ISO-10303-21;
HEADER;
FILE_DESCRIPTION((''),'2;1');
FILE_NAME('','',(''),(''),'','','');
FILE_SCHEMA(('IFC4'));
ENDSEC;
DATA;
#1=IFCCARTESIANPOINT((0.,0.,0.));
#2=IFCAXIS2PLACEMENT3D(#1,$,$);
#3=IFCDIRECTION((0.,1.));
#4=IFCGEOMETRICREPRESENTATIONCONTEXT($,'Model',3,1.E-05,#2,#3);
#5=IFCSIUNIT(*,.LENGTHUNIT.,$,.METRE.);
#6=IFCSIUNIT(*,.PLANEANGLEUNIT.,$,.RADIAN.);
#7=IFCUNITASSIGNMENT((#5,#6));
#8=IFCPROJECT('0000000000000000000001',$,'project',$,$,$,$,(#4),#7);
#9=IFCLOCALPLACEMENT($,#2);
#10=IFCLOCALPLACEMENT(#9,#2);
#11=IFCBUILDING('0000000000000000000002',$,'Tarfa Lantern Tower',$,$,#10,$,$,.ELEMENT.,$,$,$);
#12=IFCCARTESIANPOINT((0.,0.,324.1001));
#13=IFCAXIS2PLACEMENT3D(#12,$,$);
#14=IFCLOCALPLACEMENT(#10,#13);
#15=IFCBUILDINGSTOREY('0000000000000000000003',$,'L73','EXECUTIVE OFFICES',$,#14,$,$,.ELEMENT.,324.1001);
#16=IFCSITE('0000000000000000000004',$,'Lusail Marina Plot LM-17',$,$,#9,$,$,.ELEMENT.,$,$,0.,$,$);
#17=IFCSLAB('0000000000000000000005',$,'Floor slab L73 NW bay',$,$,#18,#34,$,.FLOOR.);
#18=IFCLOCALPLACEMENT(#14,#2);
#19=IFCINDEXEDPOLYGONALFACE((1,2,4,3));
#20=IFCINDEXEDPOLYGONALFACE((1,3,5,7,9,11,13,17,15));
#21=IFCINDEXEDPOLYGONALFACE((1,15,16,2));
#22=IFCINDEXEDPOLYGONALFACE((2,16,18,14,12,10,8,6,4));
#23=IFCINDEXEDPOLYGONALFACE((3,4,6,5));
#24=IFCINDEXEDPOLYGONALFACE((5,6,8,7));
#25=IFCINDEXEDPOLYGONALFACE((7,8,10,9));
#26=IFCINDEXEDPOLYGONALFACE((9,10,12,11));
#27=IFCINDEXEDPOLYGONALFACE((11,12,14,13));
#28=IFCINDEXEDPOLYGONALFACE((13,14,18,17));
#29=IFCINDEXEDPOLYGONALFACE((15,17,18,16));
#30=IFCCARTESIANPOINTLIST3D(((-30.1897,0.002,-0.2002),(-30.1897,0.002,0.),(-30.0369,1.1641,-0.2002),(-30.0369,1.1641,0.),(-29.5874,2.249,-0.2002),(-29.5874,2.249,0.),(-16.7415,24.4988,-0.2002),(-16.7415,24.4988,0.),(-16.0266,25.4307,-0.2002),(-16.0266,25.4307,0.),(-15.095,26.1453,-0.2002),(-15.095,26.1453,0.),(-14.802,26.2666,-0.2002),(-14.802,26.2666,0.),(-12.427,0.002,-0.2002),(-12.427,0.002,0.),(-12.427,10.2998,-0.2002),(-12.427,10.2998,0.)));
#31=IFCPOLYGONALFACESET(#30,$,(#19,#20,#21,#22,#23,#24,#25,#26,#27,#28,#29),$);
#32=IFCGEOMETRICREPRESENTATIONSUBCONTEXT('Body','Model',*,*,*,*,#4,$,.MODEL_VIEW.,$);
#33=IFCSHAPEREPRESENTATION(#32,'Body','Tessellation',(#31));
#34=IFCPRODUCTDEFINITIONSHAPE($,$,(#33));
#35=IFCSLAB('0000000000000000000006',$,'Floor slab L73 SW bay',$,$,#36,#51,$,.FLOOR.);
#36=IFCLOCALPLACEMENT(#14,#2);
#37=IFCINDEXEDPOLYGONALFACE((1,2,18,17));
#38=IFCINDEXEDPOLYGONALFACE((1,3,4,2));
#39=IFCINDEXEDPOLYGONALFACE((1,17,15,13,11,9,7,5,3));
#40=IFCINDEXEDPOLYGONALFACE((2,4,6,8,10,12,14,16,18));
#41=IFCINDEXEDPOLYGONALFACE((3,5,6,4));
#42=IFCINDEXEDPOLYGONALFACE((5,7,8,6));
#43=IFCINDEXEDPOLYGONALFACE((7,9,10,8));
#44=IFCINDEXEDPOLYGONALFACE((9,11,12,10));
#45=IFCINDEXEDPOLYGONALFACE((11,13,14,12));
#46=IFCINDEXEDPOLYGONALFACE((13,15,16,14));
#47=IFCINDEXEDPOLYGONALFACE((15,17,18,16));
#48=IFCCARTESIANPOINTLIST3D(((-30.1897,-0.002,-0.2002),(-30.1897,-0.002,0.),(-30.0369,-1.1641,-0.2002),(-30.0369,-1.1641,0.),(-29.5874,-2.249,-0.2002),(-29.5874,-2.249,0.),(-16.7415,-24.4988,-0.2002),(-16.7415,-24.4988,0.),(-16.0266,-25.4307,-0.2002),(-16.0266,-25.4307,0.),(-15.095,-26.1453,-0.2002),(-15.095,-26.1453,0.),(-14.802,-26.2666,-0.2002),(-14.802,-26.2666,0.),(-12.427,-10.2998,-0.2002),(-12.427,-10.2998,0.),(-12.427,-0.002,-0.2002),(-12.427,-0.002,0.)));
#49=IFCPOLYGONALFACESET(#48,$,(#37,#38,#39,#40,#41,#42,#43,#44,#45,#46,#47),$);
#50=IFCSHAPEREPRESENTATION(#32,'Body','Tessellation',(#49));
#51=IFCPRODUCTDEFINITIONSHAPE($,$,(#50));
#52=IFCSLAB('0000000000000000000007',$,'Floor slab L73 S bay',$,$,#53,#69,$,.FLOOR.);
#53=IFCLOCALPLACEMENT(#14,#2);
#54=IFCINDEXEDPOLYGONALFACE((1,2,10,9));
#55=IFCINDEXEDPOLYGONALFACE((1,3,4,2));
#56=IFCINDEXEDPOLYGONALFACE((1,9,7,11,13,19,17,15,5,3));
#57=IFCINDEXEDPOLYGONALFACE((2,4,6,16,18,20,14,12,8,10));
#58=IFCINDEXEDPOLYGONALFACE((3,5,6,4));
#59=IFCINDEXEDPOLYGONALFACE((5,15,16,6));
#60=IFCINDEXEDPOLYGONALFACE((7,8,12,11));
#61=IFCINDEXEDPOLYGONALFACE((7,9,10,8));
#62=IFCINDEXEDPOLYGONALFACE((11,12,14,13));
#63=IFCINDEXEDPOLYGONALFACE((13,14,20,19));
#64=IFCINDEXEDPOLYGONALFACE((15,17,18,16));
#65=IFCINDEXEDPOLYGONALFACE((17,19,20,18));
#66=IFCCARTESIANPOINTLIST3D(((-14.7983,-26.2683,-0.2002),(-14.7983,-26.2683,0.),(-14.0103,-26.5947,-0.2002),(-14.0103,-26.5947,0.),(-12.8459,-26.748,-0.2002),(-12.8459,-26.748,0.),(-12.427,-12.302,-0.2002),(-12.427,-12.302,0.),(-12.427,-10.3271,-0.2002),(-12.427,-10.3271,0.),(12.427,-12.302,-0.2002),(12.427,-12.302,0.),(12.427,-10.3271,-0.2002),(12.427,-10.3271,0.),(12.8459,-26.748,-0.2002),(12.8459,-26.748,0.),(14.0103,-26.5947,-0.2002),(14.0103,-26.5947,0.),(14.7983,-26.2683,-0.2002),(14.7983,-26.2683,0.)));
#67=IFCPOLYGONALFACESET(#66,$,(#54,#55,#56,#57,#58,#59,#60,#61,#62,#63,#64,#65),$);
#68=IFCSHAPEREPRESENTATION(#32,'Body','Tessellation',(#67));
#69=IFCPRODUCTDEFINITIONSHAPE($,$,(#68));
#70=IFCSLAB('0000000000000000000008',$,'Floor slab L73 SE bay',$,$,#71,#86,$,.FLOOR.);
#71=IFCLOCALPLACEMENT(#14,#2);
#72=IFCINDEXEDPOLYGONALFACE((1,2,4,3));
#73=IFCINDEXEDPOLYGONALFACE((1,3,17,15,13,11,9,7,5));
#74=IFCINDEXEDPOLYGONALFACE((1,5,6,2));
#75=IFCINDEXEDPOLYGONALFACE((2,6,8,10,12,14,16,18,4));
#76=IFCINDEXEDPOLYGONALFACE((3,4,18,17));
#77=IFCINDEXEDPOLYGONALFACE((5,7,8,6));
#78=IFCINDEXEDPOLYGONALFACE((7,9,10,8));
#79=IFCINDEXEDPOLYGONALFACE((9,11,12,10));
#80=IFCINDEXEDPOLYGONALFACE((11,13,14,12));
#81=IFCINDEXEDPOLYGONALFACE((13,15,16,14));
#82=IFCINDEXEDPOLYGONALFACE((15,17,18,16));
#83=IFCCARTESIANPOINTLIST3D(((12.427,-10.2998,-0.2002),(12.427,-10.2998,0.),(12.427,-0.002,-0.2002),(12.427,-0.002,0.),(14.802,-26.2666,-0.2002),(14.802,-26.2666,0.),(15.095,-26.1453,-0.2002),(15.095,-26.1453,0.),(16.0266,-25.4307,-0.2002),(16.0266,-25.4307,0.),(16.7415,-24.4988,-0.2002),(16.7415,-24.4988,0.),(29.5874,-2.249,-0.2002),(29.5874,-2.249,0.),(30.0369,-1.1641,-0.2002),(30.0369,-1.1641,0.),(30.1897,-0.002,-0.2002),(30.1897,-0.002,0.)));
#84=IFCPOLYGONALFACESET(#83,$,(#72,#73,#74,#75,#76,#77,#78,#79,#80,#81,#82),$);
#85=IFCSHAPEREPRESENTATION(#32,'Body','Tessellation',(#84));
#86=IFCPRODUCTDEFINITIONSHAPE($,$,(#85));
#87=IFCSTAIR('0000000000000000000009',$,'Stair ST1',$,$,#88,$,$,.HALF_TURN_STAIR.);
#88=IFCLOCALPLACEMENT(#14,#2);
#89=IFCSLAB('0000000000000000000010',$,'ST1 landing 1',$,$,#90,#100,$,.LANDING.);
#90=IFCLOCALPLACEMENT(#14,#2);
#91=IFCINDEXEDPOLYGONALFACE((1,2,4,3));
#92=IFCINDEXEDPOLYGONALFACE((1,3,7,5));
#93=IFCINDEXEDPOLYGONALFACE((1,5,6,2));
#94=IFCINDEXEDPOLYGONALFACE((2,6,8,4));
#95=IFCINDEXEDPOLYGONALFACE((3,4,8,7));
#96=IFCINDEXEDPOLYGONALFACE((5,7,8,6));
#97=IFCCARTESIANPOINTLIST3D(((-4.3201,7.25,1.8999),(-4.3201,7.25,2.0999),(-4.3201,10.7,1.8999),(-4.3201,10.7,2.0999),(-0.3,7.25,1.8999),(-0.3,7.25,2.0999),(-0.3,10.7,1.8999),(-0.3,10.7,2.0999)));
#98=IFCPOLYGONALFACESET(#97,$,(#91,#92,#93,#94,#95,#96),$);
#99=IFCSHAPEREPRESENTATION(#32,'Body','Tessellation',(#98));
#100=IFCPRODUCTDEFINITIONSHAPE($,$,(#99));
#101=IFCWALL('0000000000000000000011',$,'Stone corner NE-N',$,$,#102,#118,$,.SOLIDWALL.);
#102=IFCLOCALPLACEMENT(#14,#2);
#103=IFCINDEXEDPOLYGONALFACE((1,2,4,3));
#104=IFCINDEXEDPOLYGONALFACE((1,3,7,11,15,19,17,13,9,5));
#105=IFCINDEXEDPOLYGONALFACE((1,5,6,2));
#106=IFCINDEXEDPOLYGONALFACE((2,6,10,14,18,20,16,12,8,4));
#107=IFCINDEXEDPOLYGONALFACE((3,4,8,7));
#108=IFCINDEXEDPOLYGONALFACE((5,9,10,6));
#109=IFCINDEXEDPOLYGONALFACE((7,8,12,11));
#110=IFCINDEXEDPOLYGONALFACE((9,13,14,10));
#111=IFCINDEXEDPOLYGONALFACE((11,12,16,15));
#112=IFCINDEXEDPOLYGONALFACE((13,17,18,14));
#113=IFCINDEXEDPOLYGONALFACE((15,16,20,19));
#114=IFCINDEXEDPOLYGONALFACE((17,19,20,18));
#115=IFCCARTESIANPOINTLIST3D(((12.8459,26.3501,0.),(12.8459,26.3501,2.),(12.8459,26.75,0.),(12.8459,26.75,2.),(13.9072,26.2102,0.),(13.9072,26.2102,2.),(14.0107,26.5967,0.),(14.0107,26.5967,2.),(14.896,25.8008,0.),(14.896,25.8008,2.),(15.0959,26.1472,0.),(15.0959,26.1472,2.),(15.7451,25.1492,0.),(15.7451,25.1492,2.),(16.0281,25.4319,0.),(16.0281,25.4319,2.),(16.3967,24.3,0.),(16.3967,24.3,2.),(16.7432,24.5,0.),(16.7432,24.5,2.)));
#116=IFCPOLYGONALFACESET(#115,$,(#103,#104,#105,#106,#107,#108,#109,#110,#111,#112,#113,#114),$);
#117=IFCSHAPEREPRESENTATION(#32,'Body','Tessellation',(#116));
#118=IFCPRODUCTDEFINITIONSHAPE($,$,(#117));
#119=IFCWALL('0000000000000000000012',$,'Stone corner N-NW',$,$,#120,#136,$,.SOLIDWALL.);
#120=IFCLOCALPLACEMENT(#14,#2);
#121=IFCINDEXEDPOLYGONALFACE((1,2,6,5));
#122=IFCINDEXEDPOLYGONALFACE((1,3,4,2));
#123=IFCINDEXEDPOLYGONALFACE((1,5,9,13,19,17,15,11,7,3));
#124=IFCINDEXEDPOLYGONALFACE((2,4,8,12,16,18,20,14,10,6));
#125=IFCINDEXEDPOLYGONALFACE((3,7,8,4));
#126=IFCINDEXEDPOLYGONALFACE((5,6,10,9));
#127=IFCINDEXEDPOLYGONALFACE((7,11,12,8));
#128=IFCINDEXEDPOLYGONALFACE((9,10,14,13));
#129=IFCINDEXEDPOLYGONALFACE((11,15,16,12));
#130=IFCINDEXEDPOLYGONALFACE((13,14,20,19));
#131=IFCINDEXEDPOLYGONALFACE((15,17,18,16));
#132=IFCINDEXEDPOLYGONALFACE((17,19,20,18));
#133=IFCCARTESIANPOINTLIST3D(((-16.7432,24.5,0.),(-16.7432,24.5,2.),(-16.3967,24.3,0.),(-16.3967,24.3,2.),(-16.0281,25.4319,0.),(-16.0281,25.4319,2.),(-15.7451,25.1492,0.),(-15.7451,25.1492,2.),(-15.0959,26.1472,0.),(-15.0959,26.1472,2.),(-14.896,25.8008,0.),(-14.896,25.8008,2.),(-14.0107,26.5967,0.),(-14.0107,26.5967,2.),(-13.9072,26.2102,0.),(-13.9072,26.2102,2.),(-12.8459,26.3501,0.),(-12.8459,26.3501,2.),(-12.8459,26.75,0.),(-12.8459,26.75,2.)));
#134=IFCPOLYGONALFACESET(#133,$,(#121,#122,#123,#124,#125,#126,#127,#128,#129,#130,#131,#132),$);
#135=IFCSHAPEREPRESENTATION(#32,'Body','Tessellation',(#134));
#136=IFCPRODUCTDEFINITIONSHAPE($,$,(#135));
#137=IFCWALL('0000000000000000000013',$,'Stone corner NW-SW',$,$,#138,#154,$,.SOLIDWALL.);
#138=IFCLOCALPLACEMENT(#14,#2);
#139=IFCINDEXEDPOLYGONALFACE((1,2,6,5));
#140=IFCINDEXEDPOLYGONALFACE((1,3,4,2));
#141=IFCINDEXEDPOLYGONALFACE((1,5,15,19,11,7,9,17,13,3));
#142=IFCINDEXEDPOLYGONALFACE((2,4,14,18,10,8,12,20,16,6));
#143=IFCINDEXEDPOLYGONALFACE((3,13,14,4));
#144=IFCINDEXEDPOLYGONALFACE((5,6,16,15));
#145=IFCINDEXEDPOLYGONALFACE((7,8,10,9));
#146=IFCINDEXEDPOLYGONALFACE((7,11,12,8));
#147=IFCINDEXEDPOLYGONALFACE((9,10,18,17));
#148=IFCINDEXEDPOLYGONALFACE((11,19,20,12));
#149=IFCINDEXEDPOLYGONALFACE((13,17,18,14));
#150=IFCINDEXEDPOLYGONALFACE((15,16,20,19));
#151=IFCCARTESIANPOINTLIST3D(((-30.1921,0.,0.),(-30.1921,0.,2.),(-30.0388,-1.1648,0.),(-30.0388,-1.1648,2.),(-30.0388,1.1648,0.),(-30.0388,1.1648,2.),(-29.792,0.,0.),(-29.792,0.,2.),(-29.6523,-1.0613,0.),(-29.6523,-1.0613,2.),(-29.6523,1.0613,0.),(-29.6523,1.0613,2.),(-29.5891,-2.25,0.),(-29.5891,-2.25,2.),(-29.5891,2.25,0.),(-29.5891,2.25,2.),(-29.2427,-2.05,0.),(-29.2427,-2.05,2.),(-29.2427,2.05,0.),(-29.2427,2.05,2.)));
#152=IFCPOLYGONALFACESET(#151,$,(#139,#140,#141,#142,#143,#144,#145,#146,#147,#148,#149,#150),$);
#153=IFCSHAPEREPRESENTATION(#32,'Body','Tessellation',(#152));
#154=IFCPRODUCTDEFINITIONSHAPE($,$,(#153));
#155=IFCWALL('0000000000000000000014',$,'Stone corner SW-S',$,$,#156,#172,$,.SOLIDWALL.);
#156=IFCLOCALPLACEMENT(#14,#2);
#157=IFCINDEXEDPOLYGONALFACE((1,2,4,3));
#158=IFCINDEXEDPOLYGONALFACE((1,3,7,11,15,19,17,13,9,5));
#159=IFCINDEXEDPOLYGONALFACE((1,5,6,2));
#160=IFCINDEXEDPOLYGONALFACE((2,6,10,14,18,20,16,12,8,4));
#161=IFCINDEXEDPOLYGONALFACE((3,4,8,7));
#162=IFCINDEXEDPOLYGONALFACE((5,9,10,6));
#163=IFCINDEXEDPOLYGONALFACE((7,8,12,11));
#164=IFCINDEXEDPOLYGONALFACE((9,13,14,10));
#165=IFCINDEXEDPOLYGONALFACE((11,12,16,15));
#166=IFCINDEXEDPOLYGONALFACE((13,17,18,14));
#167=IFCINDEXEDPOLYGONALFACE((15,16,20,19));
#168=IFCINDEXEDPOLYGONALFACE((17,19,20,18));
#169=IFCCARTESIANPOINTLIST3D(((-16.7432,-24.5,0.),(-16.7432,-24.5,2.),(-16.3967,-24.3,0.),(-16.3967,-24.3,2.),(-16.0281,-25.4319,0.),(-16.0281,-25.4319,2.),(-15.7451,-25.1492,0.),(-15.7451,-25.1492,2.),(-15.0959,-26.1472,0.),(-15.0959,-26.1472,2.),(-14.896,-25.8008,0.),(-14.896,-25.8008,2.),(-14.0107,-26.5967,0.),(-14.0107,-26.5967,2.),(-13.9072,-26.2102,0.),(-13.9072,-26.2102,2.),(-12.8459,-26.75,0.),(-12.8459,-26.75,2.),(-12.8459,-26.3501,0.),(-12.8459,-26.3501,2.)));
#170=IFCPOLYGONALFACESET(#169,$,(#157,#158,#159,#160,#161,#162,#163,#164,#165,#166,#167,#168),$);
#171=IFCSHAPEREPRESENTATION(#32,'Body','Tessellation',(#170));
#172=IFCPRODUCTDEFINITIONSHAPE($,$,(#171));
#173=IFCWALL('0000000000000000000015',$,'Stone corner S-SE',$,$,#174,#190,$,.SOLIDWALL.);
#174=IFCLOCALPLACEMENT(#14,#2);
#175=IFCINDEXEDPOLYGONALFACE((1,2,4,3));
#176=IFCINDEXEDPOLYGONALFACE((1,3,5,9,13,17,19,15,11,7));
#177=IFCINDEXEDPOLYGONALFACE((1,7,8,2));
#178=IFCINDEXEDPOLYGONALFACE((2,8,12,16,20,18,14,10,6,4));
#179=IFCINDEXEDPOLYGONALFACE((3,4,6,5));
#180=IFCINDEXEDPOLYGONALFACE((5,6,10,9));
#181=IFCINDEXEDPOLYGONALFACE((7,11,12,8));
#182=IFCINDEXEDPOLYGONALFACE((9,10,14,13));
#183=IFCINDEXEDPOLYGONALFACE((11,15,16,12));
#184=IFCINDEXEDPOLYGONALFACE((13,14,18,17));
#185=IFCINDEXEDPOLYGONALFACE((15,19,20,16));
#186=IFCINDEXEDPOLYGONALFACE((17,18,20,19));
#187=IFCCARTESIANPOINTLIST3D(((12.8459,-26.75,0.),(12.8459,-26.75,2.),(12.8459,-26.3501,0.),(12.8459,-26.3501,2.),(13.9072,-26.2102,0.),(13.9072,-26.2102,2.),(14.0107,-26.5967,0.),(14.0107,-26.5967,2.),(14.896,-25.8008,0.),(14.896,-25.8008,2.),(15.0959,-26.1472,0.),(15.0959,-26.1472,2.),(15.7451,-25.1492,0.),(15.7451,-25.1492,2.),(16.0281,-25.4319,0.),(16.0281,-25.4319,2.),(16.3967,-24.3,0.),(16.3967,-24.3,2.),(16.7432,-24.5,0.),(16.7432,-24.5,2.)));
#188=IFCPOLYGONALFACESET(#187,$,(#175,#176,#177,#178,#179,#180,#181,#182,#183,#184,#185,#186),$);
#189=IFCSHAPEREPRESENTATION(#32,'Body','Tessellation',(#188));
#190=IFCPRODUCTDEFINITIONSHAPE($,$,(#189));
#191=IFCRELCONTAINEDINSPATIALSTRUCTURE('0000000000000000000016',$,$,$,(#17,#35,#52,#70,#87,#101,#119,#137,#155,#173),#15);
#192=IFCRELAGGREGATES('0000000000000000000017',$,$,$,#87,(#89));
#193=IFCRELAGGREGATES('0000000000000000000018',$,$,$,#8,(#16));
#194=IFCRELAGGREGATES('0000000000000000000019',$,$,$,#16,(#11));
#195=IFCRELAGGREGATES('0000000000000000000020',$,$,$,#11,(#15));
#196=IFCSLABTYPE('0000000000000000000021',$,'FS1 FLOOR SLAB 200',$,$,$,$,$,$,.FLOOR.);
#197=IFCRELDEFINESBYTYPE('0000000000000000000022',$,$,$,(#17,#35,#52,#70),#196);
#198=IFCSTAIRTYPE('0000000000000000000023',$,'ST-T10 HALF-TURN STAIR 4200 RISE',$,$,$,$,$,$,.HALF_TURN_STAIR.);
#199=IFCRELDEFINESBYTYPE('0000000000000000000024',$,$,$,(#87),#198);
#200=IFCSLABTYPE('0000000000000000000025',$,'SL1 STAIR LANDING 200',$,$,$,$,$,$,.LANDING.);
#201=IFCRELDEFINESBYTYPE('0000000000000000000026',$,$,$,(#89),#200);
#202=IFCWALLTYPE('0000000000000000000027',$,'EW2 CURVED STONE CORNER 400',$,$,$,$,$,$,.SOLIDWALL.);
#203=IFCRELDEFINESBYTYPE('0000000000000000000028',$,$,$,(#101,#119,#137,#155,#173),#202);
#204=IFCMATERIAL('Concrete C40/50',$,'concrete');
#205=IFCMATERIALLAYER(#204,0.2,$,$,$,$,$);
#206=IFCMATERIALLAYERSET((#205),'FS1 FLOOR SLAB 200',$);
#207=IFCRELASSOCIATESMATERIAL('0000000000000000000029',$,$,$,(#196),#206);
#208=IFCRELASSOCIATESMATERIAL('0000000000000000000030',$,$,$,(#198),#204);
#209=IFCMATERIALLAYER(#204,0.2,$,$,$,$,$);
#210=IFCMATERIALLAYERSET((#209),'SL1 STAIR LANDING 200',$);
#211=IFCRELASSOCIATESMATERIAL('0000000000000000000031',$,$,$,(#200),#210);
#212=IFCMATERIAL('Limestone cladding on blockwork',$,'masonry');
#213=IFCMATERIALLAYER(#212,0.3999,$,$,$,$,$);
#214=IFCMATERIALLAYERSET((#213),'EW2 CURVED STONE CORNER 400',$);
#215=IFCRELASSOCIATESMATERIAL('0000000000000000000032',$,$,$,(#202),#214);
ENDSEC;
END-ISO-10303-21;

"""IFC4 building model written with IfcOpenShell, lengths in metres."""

from ifc_helpers import new_model, si_unit, direction, frame, origin, place, context, subcontext, project, spatial, polyline, outline, extrude, material, layer, layer_set, type_object, element, aggregate, save


model = new_model("IFC4")

# Units and contexts
model_context = context("Model", 3, precision=1e-05, world=origin(), true_north=direction((0.0, 1.0)))
body_context = subcontext(model_context, "Body", "Model", "MODEL_VIEW")
ifc_project = project(units=[si_unit("LENGTHUNIT", "METRE"), si_unit("PLANEANGLEUNIT", "RADIAN")], contexts=[model_context])

# Site, building, storey
site_placement = place(None, origin())
site = spatial("IfcSite", under=ifc_project, at=site_placement, Name="Lusail Marina Plot LM-17", CompositionType="ELEMENT", RefElevation=0.0)
building_placement = place(site_placement, origin())
building = spatial("IfcBuilding", under=site, at=building_placement, Name="Tarfa Lantern Tower", CompositionType="ELEMENT")
storey_placement = place(building_placement, frame((0.0, 0.0, 324.1001)))
storey = spatial("IfcBuildingStorey", under=building, at=storey_placement, Name="L73", Description="EXECUTIVE OFFICES", CompositionType="ELEMENT", Elevation=324.1001)

# Shared definitions
ifc_material_1 = material(Name="Concrete C40/50", Category="concrete")

# Slabs
ifc_layer_1 = layer(ifc_material_1, 0.2)
ifc_layer_set_1 = layer_set([ifc_layer_1], Name="FS1 FLOOR SLAB 200")
slab_type_1 = type_object("IfcSlabType", Name="FS1 FLOOR SLAB 200", PredefinedType="FLOOR", material=ifc_layer_set_1)
slab_1_placement = place(storey_placement, frame((0.0, 0.0, -0.2002)))
element("IfcSlab", 1, at=slab_1_placement, inside=storey, type_object=slab_type_1, Name="Floor slab L73 NW bay", PredefinedType="FLOOR", context=body_context, shape_type="SweptSolid", body=[
    extrude(outline(polyline([(-12.427, 0.002), (-12.427, 10.2998), (-14.802, 26.2666), (-15.095, 26.1453), (-16.0266, 25.4307), (-16.7415, 24.4988), (-29.5874, 2.249), (-30.0369, 1.1641), (-30.1897, 0.002), (-12.427, 0.002)])), origin(), (0.0, 0.0, 1.0), 0.2002),
])
slab_2_placement = place(storey_placement, frame((0.0, 0.0, -0.2002)))
element("IfcSlab", 2, at=slab_2_placement, inside=storey, type_object=slab_type_1, Name="Floor slab L73 SW bay", PredefinedType="FLOOR", context=body_context, shape_type="SweptSolid", body=[
    extrude(outline(polyline([(-12.427, -10.2998), (-12.427, -0.002), (-30.1897, -0.002), (-30.0369, -1.1641), (-29.5874, -2.249), (-16.7415, -24.4988), (-16.0266, -25.4307), (-15.095, -26.1453), (-14.802, -26.2666), (-12.427, -10.2998)])), origin(), (0.0, 0.0, 1.0), 0.2002),
])
slab_3_placement = place(storey_placement, frame((0.0, 0.0, -0.2002)))
element("IfcSlab", 3, at=slab_3_placement, inside=storey, type_object=slab_type_1, Name="Floor slab L73 S bay", PredefinedType="FLOOR", context=body_context, shape_type="SweptSolid", body=[
    extrude(outline(polyline([(12.427, -10.3271), (12.427, -12.302), (-12.427, -12.302), (-12.427, -10.3271), (-14.7983, -26.2683), (-14.0103, -26.5947), (-12.8459, -26.748), (12.8459, -26.748), (14.0103, -26.5947), (14.7983, -26.2683), (12.427, -10.3271)])), origin(), (0.0, 0.0, 1.0), 0.2002),
])
slab_4_placement = place(storey_placement, frame((0.0, 0.0, -0.2002)))
element("IfcSlab", 4, at=slab_4_placement, inside=storey, type_object=slab_type_1, Name="Floor slab L73 SE bay", PredefinedType="FLOOR", context=body_context, shape_type="SweptSolid", body=[
    extrude(outline(polyline([(12.427, -0.002), (12.427, -10.2998), (14.802, -26.2666), (15.095, -26.1453), (16.0266, -25.4307), (16.7415, -24.4988), (29.5874, -2.249), (30.0369, -1.1641), (30.1897, -0.002), (12.427, -0.002)])), origin(), (0.0, 0.0, 1.0), 0.2002),
])

# Stair, slab
stair_type = type_object("IfcStairType", Name="ST-T10 HALF-TURN STAIR 4200 RISE", PredefinedType="HALF_TURN_STAIR", material=ifc_material_1)
stair_placement = place(storey_placement, origin())
stair = element("IfcStair", 5, at=stair_placement, inside=storey, type_object=stair_type, Name="Stair ST1", PredefinedType="HALF_TURN_STAIR")
ifc_layer_2 = layer(ifc_material_1, 0.2)
ifc_layer_set_2 = layer_set([ifc_layer_2], Name="SL1 STAIR LANDING 200")
slab_type_2 = type_object("IfcSlabType", Name="SL1 STAIR LANDING 200", PredefinedType="LANDING", material=ifc_layer_set_2)
slab_5_placement = place(storey_placement, frame((0.0, 0.0, 1.8999)))
slab_5 = element("IfcSlab", 6, at=slab_5_placement, type_object=slab_type_2, Name="ST1 landing 1", PredefinedType="LANDING", context=body_context, shape_type="SweptSolid", body=[
    extrude(outline(polyline([(-4.3201, 7.25), (-0.3, 7.25), (-0.3, 10.7), (-4.3201, 10.7), (-4.3201, 7.25)])), origin(), (0.0, 0.0, 1.0), 0.2),
])
aggregate(stair, [slab_5])

# Walls
ifc_material_2 = material(Name="Limestone cladding on blockwork", Category="masonry")
ifc_layer_3 = layer(ifc_material_2, 0.3999)
ifc_layer_set_3 = layer_set([ifc_layer_3], Name="EW2 CURVED STONE CORNER 400")
wall_type_1 = type_object("IfcWallType", Name="EW2 CURVED STONE CORNER 400", PredefinedType="SOLIDWALL", material=ifc_layer_set_3)
wall_1_placement = place(storey_placement, origin())
element("IfcWall", 7, at=wall_1_placement, inside=storey, type_object=wall_type_1, Name="Stone corner NE-N", PredefinedType="SOLIDWALL", context=body_context, shape_type="SweptSolid", body=[
    extrude(outline(polyline([(16.7432, 24.5), (16.0281, 25.4319), (15.0959, 26.1472), (14.0107, 26.5967), (12.8459, 26.75), (12.8459, 26.3501), (13.9072, 26.2102), (14.896, 25.8008), (15.7451, 25.1492), (16.3967, 24.3), (16.7432, 24.5)])), origin(), (0.0, 0.0, 1.0), 2.0),
])
wall_2_placement = place(storey_placement, origin())
element("IfcWall", 8, at=wall_2_placement, inside=storey, type_object=wall_type_1, Name="Stone corner N-NW", PredefinedType="SOLIDWALL", context=body_context, shape_type="SweptSolid", body=[
    extrude(outline(polyline([(-12.8459, 26.75), (-14.0107, 26.5967), (-15.0959, 26.1472), (-16.0281, 25.4319), (-16.7432, 24.5), (-16.3967, 24.3), (-15.7451, 25.1492), (-14.896, 25.8008), (-13.9072, 26.2102), (-12.8459, 26.3501), (-12.8459, 26.75)])), origin(), (0.0, 0.0, 1.0), 2.0),
])
wall_3_placement = place(storey_placement, origin())
element("IfcWall", 9, at=wall_3_placement, inside=storey, type_object=wall_type_1, Name="Stone corner NW-SW", PredefinedType="SOLIDWALL", context=body_context, shape_type="SweptSolid", body=[
    extrude(outline(polyline([(-29.5891, 2.25), (-30.0388, 1.1648), (-30.1921, 0.0), (-30.0388, -1.1648), (-29.5891, -2.25), (-29.2427, -2.05), (-29.6523, -1.0613), (-29.792, 0.0), (-29.6523, 1.0613), (-29.2427, 2.05), (-29.5891, 2.25)])), origin(), (0.0, 0.0, 1.0), 2.0),
])
wall_4_placement = place(storey_placement, origin())
element("IfcWall", 10, at=wall_4_placement, inside=storey, type_object=wall_type_1, Name="Stone corner SW-S", PredefinedType="SOLIDWALL", context=body_context, shape_type="SweptSolid", body=[
    extrude(outline(polyline([(-16.7432, -24.5), (-16.0281, -25.4319), (-15.0959, -26.1472), (-14.0107, -26.5967), (-12.8459, -26.75), (-12.8459, -26.3501), (-13.9072, -26.2102), (-14.896, -25.8008), (-15.7451, -25.1492), (-16.3967, -24.3), (-16.7432, -24.5)])), origin(), (0.0, 0.0, 1.0), 2.0),
])
wall_5_placement = place(storey_placement, origin())
element("IfcWall", 11, at=wall_5_placement, inside=storey, type_object=wall_type_1, Name="Stone corner S-SE", PredefinedType="SOLIDWALL", context=body_context, shape_type="SweptSolid", body=[
    extrude(outline(polyline([(12.8459, -26.75), (14.0107, -26.5967), (15.0959, -26.1472), (16.0281, -25.4319), (16.7432, -24.5), (16.3967, -24.3), (15.7451, -25.1492), (14.896, -25.8008), (13.9072, -26.2102), (12.8459, -26.3501), (12.8459, -26.75)])), origin(), (0.0, 0.0, 1.0), 2.0),
])

save(model, "model.ifc")
